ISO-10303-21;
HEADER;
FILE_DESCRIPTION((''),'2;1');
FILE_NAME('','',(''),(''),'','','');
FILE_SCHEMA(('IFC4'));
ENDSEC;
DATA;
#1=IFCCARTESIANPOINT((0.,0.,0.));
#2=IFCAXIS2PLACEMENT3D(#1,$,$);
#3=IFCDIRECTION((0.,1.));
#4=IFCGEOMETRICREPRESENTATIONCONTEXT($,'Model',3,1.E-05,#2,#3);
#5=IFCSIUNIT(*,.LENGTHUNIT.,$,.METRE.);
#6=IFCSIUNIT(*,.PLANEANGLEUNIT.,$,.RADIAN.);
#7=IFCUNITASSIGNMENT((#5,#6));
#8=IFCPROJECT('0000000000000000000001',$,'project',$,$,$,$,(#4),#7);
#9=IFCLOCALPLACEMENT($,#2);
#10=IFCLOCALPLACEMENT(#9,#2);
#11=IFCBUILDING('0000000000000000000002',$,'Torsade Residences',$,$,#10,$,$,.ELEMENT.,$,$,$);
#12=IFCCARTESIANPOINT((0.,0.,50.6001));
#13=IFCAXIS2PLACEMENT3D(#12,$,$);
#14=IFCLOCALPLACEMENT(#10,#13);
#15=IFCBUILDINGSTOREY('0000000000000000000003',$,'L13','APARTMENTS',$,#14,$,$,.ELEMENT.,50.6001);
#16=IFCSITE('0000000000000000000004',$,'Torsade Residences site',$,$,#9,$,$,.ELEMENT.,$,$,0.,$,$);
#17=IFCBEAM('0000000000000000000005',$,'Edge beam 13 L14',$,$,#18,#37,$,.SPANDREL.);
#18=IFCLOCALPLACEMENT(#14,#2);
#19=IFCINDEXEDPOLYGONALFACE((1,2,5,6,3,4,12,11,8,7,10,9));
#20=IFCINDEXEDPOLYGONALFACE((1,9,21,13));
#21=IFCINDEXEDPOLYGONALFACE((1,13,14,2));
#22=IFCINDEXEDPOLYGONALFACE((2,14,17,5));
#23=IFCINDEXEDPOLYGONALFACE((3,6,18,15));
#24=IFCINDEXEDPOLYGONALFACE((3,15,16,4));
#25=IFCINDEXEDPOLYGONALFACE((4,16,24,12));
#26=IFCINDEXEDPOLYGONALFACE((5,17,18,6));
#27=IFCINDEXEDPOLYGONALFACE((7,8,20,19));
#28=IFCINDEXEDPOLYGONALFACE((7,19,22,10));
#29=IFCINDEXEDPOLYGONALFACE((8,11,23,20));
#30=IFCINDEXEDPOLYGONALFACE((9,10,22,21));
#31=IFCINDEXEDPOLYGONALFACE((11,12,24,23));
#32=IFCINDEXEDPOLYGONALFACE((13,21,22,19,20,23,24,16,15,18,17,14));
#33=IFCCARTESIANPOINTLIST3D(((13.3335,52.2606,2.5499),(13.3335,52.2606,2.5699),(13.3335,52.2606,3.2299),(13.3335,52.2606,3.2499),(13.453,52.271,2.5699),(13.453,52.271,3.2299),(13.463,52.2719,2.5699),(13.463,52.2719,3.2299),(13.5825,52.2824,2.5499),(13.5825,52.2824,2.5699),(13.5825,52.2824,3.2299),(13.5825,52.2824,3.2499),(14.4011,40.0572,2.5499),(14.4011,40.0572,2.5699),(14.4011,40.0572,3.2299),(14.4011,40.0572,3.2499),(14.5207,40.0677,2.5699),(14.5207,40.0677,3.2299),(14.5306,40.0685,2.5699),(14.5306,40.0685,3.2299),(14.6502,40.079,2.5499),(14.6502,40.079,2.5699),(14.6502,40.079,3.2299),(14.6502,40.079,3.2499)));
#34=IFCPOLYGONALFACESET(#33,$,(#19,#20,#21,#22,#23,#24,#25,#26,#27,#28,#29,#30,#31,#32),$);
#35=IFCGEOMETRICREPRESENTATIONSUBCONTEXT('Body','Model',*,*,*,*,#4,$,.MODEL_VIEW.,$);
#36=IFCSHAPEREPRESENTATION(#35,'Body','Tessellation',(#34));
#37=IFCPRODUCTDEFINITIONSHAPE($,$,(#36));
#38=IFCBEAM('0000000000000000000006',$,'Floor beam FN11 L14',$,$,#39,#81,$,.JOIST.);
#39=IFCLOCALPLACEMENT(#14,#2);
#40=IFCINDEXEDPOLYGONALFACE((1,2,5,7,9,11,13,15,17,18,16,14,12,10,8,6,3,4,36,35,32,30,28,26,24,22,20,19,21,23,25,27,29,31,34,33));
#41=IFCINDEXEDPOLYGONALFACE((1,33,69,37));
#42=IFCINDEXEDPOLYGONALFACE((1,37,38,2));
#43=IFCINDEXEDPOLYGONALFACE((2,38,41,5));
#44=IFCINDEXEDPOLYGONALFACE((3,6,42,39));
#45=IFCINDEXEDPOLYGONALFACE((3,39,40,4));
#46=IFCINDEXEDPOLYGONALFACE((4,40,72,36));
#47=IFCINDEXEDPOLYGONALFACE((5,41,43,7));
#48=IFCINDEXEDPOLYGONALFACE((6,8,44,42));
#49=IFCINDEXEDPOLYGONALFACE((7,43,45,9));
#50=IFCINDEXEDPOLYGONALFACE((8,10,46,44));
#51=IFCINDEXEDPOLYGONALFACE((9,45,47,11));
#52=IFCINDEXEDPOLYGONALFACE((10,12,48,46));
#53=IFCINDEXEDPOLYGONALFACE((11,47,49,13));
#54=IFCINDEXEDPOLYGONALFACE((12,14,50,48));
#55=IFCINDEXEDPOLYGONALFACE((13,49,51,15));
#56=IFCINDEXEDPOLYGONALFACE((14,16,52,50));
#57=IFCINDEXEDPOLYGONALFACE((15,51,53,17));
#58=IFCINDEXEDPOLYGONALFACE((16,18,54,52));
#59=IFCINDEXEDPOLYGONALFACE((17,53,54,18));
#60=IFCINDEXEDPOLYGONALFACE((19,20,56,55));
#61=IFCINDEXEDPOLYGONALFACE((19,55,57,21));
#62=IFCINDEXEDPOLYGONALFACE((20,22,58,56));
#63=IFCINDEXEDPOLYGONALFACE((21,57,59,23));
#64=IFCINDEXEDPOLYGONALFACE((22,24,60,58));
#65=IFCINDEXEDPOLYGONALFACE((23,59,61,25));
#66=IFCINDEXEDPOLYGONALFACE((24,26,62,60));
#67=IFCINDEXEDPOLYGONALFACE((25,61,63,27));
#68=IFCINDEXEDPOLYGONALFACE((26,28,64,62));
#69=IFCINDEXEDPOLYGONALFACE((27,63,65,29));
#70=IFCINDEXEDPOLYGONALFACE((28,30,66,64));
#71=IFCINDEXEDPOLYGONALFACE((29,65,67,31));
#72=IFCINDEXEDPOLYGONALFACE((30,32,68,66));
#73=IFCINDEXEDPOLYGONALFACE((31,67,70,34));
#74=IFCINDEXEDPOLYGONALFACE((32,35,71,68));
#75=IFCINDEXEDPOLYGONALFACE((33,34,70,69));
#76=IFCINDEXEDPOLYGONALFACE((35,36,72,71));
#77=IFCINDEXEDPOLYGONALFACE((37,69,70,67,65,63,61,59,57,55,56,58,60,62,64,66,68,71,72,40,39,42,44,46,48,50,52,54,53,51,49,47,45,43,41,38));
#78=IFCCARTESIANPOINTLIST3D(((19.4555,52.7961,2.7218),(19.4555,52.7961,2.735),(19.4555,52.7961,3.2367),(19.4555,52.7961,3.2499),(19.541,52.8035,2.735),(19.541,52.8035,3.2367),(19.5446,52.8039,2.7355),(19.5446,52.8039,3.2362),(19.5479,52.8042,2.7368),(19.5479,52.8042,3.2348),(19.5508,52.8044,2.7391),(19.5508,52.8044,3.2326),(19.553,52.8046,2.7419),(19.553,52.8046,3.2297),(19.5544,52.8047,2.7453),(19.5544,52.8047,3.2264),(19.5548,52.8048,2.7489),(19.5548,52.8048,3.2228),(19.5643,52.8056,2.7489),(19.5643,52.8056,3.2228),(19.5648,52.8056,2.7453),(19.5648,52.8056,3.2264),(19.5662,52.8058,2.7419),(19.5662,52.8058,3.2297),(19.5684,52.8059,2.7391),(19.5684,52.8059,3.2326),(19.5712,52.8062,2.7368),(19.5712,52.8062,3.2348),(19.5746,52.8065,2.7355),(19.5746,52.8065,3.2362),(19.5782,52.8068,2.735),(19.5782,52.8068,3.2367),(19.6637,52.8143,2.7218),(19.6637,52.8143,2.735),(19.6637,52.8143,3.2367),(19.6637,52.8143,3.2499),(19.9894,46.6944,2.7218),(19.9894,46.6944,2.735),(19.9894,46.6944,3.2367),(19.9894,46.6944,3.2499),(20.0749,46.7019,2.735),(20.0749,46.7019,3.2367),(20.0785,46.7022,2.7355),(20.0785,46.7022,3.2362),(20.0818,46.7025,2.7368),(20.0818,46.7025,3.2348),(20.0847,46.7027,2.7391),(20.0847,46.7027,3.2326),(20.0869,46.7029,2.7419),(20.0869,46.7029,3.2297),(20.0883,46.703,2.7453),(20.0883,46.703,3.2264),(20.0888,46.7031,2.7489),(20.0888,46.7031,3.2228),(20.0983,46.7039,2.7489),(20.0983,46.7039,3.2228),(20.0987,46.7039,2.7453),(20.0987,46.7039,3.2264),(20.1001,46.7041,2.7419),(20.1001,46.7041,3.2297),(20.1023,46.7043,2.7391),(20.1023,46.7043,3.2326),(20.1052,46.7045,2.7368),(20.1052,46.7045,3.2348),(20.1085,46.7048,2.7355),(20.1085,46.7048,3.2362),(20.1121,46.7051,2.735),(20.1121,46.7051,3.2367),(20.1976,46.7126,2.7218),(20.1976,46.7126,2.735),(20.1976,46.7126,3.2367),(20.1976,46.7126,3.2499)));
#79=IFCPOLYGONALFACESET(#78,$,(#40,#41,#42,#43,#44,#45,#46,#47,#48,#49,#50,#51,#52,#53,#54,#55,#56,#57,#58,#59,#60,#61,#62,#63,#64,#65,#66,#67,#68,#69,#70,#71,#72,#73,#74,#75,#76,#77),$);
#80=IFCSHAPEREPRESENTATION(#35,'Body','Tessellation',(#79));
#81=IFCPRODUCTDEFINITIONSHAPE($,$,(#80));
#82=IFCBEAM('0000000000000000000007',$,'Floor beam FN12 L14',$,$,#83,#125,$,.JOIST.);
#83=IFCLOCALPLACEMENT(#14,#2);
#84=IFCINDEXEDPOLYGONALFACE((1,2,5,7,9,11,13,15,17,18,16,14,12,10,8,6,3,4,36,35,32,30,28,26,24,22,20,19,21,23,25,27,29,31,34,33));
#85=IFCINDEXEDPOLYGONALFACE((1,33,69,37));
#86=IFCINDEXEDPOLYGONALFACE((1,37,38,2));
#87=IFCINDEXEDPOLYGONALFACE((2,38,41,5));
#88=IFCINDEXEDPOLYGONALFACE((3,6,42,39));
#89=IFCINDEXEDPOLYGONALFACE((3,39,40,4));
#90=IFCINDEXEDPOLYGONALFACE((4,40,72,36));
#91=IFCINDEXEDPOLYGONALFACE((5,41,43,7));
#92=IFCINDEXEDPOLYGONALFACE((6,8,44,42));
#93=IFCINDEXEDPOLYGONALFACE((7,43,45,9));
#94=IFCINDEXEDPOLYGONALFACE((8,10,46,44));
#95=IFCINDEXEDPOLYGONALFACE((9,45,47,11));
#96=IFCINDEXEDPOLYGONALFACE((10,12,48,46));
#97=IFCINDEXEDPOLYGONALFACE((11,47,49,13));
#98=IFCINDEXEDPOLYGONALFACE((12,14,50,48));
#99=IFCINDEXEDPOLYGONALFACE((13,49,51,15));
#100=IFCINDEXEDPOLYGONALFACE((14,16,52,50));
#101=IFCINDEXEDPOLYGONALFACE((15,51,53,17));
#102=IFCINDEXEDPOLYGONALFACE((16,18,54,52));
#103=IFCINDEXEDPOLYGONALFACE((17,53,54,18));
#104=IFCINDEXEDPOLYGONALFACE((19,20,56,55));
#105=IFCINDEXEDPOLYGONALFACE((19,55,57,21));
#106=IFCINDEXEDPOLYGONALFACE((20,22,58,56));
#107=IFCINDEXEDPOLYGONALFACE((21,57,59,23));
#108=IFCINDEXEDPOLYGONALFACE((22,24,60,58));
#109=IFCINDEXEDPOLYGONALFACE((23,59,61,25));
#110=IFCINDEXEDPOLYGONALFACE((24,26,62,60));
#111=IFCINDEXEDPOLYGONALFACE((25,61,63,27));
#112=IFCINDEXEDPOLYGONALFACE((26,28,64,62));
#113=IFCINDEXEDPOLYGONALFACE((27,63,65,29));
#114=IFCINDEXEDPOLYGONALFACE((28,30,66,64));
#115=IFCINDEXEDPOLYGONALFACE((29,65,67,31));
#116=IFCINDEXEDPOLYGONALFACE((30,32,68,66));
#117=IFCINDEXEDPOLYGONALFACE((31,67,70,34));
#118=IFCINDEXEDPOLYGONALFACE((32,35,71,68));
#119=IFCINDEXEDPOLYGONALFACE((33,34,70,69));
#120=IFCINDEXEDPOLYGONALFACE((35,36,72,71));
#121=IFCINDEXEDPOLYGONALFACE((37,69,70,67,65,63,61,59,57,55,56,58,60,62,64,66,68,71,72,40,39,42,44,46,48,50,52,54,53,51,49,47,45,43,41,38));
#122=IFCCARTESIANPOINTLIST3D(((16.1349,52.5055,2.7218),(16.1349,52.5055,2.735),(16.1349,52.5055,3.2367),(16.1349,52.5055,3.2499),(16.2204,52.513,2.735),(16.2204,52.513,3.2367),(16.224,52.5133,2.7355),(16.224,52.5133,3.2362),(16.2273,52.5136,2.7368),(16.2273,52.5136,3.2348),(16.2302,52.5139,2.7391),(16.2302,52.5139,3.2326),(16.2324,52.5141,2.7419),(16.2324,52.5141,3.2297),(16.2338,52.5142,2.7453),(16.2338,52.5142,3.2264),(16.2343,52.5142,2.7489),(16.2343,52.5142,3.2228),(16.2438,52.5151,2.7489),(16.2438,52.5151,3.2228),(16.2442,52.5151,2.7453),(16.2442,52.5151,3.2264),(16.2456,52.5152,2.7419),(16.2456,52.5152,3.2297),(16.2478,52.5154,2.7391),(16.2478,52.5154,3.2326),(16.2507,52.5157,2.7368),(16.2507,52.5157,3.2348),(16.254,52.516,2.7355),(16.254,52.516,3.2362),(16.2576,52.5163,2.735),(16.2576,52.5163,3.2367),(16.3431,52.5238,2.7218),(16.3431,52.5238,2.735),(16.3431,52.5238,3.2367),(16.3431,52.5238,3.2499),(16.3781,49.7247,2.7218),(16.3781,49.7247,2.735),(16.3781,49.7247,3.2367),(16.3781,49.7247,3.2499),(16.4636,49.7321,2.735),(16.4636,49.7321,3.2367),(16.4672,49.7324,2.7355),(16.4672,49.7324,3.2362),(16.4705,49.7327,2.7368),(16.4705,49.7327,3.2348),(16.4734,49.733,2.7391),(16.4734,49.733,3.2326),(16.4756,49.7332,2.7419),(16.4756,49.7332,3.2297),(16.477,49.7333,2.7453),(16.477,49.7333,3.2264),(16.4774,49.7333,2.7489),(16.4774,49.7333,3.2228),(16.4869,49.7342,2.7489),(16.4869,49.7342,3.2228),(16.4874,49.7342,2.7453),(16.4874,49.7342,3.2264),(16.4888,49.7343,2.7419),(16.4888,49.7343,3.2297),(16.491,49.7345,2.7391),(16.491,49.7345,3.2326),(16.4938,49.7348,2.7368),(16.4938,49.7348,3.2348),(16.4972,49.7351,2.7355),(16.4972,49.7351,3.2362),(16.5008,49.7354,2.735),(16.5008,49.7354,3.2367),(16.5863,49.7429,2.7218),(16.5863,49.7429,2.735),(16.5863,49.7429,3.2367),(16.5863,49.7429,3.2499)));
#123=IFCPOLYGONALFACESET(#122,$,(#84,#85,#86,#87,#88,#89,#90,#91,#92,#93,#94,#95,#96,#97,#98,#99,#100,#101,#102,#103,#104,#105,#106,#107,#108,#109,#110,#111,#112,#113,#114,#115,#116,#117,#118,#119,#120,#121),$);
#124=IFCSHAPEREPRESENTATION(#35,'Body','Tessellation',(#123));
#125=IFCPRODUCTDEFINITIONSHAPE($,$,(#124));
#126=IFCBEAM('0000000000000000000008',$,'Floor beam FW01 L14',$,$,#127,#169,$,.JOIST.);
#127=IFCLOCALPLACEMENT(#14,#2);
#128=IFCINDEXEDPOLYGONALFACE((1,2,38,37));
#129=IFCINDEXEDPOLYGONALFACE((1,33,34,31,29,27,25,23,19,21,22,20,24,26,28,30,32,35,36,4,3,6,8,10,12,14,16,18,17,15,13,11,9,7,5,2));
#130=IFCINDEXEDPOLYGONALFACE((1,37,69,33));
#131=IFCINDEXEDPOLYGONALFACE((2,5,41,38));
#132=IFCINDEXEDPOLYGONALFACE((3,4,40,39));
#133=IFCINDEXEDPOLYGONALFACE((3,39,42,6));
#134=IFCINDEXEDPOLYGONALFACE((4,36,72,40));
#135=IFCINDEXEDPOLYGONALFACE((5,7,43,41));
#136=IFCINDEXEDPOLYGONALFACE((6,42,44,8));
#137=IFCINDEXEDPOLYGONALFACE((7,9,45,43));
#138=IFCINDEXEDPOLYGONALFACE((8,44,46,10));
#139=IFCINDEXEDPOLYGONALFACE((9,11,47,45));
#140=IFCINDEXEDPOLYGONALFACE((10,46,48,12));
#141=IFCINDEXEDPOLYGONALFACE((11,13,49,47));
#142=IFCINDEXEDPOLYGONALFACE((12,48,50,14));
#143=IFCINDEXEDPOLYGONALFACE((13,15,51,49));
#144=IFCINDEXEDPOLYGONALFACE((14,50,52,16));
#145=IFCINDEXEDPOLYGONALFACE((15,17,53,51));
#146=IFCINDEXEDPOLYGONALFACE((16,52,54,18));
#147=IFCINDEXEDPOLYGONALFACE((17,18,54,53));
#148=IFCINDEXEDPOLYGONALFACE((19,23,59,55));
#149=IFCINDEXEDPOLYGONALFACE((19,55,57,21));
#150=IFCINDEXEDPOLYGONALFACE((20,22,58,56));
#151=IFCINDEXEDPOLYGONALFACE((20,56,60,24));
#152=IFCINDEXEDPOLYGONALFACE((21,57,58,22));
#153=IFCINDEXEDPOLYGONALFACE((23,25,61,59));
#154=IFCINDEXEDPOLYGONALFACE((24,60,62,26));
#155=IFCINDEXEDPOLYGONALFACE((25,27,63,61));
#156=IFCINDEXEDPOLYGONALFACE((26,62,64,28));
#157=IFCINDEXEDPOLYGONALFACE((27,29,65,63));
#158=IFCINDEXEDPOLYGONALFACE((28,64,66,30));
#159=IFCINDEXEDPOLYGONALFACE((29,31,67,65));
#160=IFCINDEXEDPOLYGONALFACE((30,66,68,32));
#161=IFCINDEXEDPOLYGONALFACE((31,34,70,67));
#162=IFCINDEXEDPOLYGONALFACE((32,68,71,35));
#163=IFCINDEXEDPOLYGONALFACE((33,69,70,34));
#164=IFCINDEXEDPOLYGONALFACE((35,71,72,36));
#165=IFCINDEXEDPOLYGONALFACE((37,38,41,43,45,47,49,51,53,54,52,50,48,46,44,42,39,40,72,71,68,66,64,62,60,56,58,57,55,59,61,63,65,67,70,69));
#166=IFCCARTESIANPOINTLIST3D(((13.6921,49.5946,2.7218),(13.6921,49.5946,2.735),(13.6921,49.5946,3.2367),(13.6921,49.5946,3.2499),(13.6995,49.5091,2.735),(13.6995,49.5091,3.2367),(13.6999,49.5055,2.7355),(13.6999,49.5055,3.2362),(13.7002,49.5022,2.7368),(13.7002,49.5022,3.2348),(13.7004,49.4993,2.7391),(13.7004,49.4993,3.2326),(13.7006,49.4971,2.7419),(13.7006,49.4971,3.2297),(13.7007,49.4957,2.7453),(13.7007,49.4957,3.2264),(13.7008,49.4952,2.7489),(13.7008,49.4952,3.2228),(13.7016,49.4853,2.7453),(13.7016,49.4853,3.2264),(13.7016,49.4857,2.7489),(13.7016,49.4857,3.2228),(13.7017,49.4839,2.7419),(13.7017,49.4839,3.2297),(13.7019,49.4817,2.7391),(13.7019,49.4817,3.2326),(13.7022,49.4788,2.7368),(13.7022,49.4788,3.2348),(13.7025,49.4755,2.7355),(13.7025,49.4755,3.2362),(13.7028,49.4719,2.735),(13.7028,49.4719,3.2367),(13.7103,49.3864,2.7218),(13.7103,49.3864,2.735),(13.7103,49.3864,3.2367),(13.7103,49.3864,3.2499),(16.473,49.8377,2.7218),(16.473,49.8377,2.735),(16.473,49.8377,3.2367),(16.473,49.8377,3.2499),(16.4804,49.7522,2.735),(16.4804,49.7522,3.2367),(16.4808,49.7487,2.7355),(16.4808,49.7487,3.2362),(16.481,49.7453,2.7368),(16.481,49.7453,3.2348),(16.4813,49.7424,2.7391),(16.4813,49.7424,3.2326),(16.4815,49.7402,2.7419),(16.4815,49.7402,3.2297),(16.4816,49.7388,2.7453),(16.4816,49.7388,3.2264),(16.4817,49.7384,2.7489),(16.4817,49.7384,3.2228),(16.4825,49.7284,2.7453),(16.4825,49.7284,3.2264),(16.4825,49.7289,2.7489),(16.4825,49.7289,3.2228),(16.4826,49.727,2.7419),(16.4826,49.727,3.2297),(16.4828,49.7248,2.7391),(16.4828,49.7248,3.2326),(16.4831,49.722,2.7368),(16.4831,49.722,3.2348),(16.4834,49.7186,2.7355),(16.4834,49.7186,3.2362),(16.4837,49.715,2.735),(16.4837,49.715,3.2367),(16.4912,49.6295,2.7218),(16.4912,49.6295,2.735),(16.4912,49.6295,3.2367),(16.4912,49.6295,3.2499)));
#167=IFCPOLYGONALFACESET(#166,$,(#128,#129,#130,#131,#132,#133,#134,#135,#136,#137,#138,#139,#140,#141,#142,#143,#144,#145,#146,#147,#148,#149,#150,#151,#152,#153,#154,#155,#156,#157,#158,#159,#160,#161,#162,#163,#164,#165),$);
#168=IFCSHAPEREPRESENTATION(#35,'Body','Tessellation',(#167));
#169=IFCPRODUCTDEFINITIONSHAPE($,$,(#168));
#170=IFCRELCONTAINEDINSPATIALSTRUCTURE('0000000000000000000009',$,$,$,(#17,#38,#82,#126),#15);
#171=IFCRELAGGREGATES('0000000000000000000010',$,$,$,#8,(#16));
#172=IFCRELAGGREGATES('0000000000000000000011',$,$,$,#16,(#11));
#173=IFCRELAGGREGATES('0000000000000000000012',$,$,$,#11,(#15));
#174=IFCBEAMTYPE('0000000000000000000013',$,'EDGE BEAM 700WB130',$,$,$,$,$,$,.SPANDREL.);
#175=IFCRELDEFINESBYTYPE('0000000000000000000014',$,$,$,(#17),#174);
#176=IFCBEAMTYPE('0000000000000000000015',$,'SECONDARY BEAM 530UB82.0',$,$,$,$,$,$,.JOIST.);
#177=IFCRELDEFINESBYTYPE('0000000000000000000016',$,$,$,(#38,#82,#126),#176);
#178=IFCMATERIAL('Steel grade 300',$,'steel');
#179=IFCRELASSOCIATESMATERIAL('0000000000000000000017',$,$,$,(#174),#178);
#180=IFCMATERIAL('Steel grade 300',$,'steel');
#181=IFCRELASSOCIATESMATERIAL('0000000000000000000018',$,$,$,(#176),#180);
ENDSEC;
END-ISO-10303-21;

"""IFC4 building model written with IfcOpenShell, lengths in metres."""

from ifc_helpers import new_model, si_unit, direction, frame, origin, origin_2d, place, context, subcontext, project, spatial, i_section, extrude, material, material_profile, profile_set, type_object, element, save


model = new_model("IFC4")

# Units and contexts
model_context = context("Model", 3, precision=1e-05, world=origin(), true_north=direction((0.0, 1.0)))
body_context = subcontext(model_context, "Body", "Model", "MODEL_VIEW")
ifc_project = project(units=[si_unit("LENGTHUNIT", "METRE"), si_unit("PLANEANGLEUNIT", "RADIAN")], contexts=[model_context])

# Site, building, storey
site_placement = place(None, origin())
site = spatial("IfcSite", under=ifc_project, at=site_placement, Name="Torsade Residences site", CompositionType="ELEMENT", RefElevation=0.0)
building_placement = place(site_placement, origin())
building = spatial("IfcBuilding", under=site, at=building_placement, Name="Torsade Residences", CompositionType="ELEMENT")
storey_placement = place(building_placement, frame((0.0, 0.0, 50.6001)))
storey = spatial("IfcBuildingStorey", under=building, at=storey_placement, Name="L13", Description="APARTMENTS", CompositionType="ELEMENT", Elevation=50.6001)

# Beams
ifc_material_1 = material(Name="Steel grade 300", Category="steel")
ifc_material_profile_1 = material_profile(ifc_material_1, i_section(OverallWidth=0.25, OverallDepth=0.7, WebThickness=0.01, FlangeThickness=0.02, at=origin_2d()), Name="700WB130")
ifc_profile_set_1 = profile_set([ifc_material_profile_1], Name="Steel grade 300")
beam_type_1 = type_object("IfcBeamType", Name="EDGE BEAM 700WB130", PredefinedType="SPANDREL", material=ifc_profile_set_1)
beam_1_placement = place(storey_placement, frame((13.458, 52.2715, 2.8999), z_axis=(0.087153, -0.996195, 0.0), x_axis=(0.996195, 0.087153, 0.0)))
element("IfcBeam", 1, at=beam_1_placement, inside=storey, type_object=beam_type_1, Name="Edge beam 13 L14", PredefinedType="SPANDREL", context=body_context, shape_type="SweptSolid", body=[
    extrude(i_section(OverallWidth=0.25, OverallDepth=0.7, WebThickness=0.01, FlangeThickness=0.02, at=origin_2d()), origin(), (0.0, 0.0, 1.0), 12.25),
])
ifc_material_2 = material(Name="Steel grade 300", Category="steel")
ifc_material_profile_2 = material_profile(ifc_material_2, i_section(OverallWidth=0.209, OverallDepth=0.5281, WebThickness=0.0095, FlangeThickness=0.0132, FilletRadius=0.0139, at=origin_2d()), Name="530UB82.0")
ifc_profile_set_2 = profile_set([ifc_material_profile_2], Name="Steel grade 300")
beam_type_2 = type_object("IfcBeamType", Name="SECONDARY BEAM 530UB82.0", PredefinedType="JOIST", material=ifc_profile_set_2)
beam_2_placement = place(storey_placement, frame((19.5596, 52.8052, 2.9858), z_axis=(0.087175, -0.996193, 0.0), x_axis=(0.996193, 0.087175, 0.0)))
element("IfcBeam", 2, at=beam_2_placement, inside=storey, type_object=beam_type_2, Name="Floor beam FN11 L14", PredefinedType="JOIST", context=body_context, shape_type="SweptSolid", body=[
    extrude(i_section(OverallWidth=0.209, OverallDepth=0.5281, WebThickness=0.0095, FlangeThickness=0.0132, FilletRadius=0.0139, at=origin_2d()), origin(), (0.0, 0.0, 1.0), 6.125),
])
for number, where, z_axis, x_axis, name in (
    (3, (16.239, 52.5146, 2.9858), (0.087105, -0.996199, 0.0), (0.996199, 0.087105, 0.0), "Floor beam FN12 L14"),
    (4, (13.7012, 49.4905, 2.9858), (0.996199, 0.087105, 0.0), (-0.087105, 0.996199, 0.0), "Floor beam FW01 L14"),
):
    element("IfcBeam", number, at=place(storey_placement, frame(where, z_axis=z_axis, x_axis=x_axis)), inside=storey, type_object=beam_type_2, Name=name, PredefinedType="JOIST", context=body_context, shape_type="SweptSolid", body=[
        extrude(i_section(OverallWidth=0.209, OverallDepth=0.5281, WebThickness=0.0095, FlangeThickness=0.0132, FilletRadius=0.0139, at=origin_2d()), origin(), (0.0, 0.0, 1.0), 2.7915),
    ])

save(model, "model.ifc")
